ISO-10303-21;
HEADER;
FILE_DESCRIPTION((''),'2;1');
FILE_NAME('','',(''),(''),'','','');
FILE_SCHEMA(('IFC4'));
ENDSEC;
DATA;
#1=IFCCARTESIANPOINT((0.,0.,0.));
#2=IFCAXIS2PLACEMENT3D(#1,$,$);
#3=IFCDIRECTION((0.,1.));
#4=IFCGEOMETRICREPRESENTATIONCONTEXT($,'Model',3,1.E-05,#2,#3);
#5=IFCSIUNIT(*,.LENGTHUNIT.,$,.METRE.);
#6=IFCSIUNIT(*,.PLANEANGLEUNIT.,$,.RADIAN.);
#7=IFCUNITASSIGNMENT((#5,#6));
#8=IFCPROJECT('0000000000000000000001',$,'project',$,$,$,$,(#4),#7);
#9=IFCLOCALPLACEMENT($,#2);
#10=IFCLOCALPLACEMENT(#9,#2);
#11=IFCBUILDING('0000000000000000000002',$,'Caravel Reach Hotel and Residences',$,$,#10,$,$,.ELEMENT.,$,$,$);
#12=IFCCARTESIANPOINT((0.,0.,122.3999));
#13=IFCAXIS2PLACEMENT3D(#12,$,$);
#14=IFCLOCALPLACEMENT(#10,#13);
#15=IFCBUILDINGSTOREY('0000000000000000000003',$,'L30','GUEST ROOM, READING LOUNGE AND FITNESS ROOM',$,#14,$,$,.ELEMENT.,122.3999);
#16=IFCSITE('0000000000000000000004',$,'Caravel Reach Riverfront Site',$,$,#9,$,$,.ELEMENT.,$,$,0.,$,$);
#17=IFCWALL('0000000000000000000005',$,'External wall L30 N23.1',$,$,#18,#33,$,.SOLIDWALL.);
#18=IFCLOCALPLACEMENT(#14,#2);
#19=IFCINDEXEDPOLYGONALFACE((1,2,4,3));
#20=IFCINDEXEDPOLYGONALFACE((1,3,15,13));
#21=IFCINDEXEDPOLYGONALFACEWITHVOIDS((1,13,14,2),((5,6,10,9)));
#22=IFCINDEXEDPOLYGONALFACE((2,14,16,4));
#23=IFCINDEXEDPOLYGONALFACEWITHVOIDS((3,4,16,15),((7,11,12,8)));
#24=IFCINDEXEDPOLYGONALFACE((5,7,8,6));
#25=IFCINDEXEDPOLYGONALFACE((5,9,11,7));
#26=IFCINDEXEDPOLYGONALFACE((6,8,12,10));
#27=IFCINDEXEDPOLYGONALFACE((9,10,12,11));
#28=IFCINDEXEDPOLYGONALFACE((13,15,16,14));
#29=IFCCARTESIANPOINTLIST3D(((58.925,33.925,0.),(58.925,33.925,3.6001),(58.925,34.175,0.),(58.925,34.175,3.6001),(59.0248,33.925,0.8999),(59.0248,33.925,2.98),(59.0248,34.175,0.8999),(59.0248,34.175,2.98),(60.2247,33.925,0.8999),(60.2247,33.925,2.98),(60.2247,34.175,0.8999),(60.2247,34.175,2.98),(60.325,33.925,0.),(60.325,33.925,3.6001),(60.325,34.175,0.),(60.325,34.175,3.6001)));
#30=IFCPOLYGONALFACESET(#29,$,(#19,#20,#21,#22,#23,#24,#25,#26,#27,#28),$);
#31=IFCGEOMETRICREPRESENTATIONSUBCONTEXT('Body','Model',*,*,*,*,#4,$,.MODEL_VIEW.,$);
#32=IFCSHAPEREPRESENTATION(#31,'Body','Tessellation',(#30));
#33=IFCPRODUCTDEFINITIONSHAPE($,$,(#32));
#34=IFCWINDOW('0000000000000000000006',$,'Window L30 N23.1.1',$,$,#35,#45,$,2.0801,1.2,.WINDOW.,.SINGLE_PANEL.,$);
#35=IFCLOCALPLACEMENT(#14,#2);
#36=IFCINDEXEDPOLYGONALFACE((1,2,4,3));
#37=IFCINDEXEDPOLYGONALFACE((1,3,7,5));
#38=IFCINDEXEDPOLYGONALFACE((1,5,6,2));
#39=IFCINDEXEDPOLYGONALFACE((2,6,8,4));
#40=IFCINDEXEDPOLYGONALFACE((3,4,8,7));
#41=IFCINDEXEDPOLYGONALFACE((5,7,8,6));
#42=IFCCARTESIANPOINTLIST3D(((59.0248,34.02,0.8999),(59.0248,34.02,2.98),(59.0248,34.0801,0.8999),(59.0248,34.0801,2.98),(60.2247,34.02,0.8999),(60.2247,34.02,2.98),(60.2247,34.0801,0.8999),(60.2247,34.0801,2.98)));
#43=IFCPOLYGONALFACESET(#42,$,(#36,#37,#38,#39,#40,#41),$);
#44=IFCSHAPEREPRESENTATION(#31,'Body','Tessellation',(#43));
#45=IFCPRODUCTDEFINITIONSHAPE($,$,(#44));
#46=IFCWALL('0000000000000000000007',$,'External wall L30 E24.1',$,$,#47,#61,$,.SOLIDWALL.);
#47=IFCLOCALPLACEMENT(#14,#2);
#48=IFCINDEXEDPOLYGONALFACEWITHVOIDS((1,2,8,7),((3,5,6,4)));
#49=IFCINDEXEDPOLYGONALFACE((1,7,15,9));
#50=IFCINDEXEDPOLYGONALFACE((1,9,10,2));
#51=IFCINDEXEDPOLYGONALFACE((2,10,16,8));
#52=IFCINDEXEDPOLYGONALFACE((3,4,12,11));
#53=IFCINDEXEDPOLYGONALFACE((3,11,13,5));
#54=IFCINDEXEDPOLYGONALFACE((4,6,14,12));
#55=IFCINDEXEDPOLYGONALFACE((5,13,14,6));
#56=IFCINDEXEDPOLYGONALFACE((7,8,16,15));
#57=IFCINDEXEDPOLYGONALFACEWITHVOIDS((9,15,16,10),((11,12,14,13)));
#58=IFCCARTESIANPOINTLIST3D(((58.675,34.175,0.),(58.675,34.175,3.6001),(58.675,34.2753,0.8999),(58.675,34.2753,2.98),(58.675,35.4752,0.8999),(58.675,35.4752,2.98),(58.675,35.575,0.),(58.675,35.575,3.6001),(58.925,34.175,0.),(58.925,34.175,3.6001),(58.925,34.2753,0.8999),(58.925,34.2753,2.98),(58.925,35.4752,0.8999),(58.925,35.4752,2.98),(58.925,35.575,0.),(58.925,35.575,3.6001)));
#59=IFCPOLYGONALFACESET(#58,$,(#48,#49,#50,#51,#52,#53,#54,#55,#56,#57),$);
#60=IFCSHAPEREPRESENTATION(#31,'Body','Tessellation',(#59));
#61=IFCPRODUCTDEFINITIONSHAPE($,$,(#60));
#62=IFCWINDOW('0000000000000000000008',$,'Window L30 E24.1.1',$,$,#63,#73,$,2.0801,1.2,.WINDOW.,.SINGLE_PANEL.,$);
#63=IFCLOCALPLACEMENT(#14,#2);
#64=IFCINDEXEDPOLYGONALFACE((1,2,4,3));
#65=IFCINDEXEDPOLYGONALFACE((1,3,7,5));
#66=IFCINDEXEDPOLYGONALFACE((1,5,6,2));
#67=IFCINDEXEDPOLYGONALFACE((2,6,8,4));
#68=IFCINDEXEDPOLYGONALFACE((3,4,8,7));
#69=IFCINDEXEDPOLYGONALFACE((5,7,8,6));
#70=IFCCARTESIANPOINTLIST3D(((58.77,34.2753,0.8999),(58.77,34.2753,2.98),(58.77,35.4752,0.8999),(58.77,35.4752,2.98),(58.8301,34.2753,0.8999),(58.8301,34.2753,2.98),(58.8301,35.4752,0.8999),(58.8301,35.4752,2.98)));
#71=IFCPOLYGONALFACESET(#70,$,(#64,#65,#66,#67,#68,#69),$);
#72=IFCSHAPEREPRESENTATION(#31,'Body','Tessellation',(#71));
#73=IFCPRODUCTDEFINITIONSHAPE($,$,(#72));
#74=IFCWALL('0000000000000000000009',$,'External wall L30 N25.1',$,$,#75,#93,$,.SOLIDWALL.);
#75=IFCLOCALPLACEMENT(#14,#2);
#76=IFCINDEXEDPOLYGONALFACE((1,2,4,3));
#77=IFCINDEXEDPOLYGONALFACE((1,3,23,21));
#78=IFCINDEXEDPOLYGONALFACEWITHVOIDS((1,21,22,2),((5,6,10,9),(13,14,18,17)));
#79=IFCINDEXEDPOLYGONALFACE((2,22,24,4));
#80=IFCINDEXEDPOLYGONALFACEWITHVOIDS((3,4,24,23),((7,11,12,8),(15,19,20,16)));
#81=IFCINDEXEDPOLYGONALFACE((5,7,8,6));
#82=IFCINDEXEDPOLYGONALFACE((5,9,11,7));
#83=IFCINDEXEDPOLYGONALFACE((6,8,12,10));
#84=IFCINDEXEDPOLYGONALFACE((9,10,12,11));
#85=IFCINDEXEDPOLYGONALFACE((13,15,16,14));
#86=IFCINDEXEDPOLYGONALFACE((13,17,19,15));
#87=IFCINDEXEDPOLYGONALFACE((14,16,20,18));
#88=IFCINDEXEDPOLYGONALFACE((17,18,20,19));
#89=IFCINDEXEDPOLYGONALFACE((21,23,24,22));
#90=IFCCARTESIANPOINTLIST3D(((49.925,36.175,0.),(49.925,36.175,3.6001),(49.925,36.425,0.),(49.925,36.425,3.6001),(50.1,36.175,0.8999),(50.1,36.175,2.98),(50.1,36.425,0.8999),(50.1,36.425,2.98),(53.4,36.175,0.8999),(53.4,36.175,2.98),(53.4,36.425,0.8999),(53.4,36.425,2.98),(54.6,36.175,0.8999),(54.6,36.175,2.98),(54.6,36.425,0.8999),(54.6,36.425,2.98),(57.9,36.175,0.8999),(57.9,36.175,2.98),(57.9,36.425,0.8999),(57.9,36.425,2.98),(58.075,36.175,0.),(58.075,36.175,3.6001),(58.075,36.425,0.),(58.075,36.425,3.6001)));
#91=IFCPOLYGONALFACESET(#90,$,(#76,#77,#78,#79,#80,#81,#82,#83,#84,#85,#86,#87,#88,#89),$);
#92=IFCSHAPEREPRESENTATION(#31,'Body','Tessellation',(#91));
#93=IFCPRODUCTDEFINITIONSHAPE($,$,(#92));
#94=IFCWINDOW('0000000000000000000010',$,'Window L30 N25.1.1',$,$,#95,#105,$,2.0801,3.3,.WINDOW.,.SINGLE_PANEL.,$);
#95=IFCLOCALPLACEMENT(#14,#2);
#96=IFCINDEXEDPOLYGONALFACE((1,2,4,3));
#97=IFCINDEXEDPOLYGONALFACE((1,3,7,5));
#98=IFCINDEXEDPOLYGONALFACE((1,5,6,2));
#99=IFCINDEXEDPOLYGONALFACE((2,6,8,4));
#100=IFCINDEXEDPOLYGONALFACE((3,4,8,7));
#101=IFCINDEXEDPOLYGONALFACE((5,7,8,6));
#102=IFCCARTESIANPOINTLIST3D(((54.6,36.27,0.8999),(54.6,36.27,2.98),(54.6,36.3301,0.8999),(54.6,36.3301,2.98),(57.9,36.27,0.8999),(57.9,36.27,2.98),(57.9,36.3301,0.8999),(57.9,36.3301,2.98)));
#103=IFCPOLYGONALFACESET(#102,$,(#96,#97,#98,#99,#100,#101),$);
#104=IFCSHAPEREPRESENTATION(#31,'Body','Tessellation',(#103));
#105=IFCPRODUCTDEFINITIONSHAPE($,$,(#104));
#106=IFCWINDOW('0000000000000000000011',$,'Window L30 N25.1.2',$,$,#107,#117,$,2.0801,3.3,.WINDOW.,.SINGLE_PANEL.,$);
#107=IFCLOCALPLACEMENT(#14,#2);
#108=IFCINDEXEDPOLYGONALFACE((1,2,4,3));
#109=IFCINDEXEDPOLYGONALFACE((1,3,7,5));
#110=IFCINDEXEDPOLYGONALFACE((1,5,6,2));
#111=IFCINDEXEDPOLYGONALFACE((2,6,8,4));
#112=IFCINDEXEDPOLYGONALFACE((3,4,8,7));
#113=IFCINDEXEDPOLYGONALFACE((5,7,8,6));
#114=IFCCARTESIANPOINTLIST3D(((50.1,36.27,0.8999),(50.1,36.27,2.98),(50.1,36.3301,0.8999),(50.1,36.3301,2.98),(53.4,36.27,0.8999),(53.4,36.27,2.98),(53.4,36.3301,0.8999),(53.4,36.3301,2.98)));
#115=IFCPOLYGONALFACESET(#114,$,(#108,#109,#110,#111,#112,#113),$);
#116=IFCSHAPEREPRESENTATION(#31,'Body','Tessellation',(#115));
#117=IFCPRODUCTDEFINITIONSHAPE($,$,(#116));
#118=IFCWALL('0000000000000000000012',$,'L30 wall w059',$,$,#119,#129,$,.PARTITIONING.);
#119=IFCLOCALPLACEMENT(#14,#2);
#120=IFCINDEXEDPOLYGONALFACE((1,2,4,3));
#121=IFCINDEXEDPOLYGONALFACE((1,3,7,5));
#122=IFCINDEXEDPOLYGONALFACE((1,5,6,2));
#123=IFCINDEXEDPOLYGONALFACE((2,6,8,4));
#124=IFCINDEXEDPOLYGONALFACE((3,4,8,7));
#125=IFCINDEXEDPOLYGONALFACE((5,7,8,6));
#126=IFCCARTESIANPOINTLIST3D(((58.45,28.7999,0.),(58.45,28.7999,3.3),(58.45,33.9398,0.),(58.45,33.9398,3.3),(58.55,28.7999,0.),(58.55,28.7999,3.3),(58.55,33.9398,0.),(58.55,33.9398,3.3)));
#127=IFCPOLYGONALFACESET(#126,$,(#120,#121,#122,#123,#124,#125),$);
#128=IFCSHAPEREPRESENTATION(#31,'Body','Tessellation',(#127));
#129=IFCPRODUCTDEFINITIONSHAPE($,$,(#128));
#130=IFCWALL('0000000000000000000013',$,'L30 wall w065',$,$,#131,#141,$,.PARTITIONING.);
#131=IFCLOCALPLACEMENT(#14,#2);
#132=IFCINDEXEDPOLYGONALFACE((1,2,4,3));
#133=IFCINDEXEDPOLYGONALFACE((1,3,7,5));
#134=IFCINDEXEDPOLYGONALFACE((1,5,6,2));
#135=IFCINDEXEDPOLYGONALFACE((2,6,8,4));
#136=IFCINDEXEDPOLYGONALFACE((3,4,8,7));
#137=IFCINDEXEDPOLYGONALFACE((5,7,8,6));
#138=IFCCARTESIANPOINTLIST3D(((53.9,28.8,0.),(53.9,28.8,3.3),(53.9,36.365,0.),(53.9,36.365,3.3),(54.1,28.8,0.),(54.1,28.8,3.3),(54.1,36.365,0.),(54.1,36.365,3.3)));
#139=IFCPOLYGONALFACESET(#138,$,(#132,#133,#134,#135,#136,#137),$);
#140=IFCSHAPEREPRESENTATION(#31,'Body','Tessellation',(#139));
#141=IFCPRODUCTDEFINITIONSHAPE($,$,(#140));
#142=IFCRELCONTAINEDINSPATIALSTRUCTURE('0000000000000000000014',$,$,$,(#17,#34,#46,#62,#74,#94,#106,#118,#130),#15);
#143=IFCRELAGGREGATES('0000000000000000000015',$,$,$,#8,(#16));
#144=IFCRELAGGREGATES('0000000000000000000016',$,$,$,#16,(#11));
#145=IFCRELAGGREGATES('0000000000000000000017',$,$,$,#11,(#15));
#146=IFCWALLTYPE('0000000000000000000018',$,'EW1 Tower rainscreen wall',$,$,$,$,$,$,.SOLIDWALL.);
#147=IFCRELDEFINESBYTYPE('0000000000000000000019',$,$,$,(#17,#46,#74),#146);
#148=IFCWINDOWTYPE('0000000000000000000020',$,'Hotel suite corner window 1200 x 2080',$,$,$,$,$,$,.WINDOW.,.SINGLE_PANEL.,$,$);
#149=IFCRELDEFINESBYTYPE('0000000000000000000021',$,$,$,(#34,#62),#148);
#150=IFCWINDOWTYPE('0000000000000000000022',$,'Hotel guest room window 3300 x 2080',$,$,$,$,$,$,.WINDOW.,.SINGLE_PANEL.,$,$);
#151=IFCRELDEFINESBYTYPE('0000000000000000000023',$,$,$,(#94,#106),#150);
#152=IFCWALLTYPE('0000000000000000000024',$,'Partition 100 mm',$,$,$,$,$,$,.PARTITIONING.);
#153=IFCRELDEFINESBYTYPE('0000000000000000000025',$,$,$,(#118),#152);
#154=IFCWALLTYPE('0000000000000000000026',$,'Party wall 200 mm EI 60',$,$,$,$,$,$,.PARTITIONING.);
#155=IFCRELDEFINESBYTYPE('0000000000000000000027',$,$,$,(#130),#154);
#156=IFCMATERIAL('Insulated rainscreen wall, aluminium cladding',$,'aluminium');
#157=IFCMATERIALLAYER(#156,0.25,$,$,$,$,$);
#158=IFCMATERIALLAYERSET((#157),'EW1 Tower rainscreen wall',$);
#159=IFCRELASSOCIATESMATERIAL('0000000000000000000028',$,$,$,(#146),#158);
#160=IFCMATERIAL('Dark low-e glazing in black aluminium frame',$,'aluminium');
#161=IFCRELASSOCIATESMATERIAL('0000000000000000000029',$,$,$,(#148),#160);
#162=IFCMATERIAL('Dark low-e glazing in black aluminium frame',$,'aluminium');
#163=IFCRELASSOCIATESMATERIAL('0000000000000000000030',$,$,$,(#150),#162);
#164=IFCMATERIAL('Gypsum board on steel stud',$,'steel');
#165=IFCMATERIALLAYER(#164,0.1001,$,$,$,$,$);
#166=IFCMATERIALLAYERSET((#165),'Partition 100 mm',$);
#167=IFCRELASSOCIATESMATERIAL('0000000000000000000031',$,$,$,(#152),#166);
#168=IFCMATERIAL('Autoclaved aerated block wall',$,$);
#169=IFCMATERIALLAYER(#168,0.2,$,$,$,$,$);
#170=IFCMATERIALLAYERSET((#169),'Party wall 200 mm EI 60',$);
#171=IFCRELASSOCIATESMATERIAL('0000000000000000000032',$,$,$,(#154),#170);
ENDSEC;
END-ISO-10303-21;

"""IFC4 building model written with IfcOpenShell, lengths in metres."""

from ifc_helpers import new_model, si_unit, direction, frame, frame_2d, origin, place, context, subcontext, project, spatial, rectangle, extrude, material, layer, layer_set, type_object, element, fill, save


model = new_model("IFC4")

# Units and contexts
model_context = context("Model", 3, precision=1e-05, world=origin(), true_north=direction((0.0, 1.0)))
body_context = subcontext(model_context, "Body", "Model", "MODEL_VIEW")
ifc_project = project(units=[si_unit("LENGTHUNIT", "METRE"), si_unit("PLANEANGLEUNIT", "RADIAN")], contexts=[model_context])

# Site, building, storey
site_placement = place(None, origin())
site = spatial("IfcSite", under=ifc_project, at=site_placement, Name="Caravel Reach Riverfront Site", CompositionType="ELEMENT", RefElevation=0.0)
building_placement = place(site_placement, origin())
building = spatial("IfcBuilding", under=site, at=building_placement, Name="Caravel Reach Hotel and Residences", CompositionType="ELEMENT")
storey_placement = place(building_placement, frame((0.0, 0.0, 122.3999)))
storey = spatial("IfcBuildingStorey", under=building, at=storey_placement, Name="L30", Description="GUEST ROOM, READING LOUNGE AND FITNESS ROOM", CompositionType="ELEMENT", Elevation=122.3999)

# Walls, openings, windows
ifc_material_1 = material(Name="Insulated rainscreen wall, aluminium cladding", Category="aluminium")
ifc_layer_1 = layer(ifc_material_1, 0.25)
ifc_layer_set_1 = layer_set([ifc_layer_1], Name="EW1 Tower rainscreen wall")
wall_type_1 = type_object("IfcWallType", Name="EW1 Tower rainscreen wall", PredefinedType="SOLIDWALL", material=ifc_layer_set_1)
ifc_material_2 = material(Name="Dark low-e glazing in black aluminium frame", Category="aluminium")
window_type_1 = type_object("IfcWindowType", Name="Hotel suite corner window 1200 x 2080", PartitioningType="SINGLE_PANEL", PredefinedType="WINDOW", material=ifc_material_2)
wall_1_placement = place(storey_placement, frame((60.325, 34.05, 0.0), z_axis=(0.0, 0.0, 1.0), x_axis=(-1.0, 0.0, 0.0)))
wall_1 = element("IfcWall", 1, at=wall_1_placement, inside=storey, type_object=wall_type_1, Name="External wall L30 N23.1", PredefinedType="SOLIDWALL", context=body_context, shape_type="SweptSolid", body=[
    extrude(rectangle(XDim=1.3999, YDim=0.25, at=frame_2d((0.7, 0.0))), origin(), (0.0, 0.0, 1.0), 3.6001),
])
opening_1_placement = place(wall_1_placement, frame((0.1001, 0.0, 0.8999)))
opening_1 = element("IfcOpeningElement", 2, at=opening_1_placement, cuts=wall_1, PredefinedType="OPENING", context=body_context, shape_type="SweptSolid", body=[
    extrude(rectangle(XDim=1.2, YDim=2.0801, at=frame_2d((0.6001, 1.04))), frame((0.0, 0.135, 0.0), z_axis=(0.0, -1.0, 0.0), x_axis=(1.0, 0.0, 0.0)), (0.0, 0.0, 1.0), 0.27),
])
window_1_placement = place(opening_1_placement, origin())
window_1 = element("IfcWindow", 3, at=window_1_placement, inside=storey, type_object=window_type_1, Name="Window L30 N23.1.1", OverallHeight=2.0801, OverallWidth=1.2, PartitioningType="SINGLE_PANEL", PredefinedType="WINDOW", context=body_context, shape_type="SweptSolid", body=[
    extrude(rectangle(XDim=1.2, YDim=2.0801, at=frame_2d((0.6001, 1.04))), frame((0.0, 0.03, 0.0), z_axis=(0.0, -1.0, 0.0), x_axis=(1.0, 0.0, 0.0)), (0.0, 0.0, 1.0), 0.0601),
])
fill(opening_1, window_1)
wall_2_placement = place(storey_placement, frame((58.8, 34.175, 0.0), z_axis=(0.0, 0.0, 1.0), x_axis=(0.0, 1.0, 0.0)))
wall_2 = element("IfcWall", 4, at=wall_2_placement, inside=storey, type_object=wall_type_1, Name="External wall L30 E24.1", PredefinedType="SOLIDWALL", context=body_context, shape_type="SweptSolid", body=[
    extrude(rectangle(XDim=1.3999, YDim=0.25, at=frame_2d((0.7, 0.0))), origin(), (0.0, 0.0, 1.0), 3.6001),
])
opening_2_placement = place(wall_2_placement, frame((0.1001, 0.0, 0.8999)))
opening_2 = element("IfcOpeningElement", 5, at=opening_2_placement, cuts=wall_2, PredefinedType="OPENING", context=body_context, shape_type="SweptSolid", body=[
    extrude(rectangle(XDim=1.2, YDim=2.0801, at=frame_2d((0.6001, 1.04))), frame((0.0, 0.135, 0.0), z_axis=(0.0, -1.0, 0.0), x_axis=(1.0, 0.0, 0.0)), (0.0, 0.0, 1.0), 0.27),
])
window_2_placement = place(opening_2_placement, origin())
window_2 = element("IfcWindow", 6, at=window_2_placement, inside=storey, type_object=window_type_1, Name="Window L30 E24.1.1", OverallHeight=2.0801, OverallWidth=1.2, PartitioningType="SINGLE_PANEL", PredefinedType="WINDOW", context=body_context, shape_type="SweptSolid", body=[
    extrude(rectangle(XDim=1.2, YDim=2.0801, at=frame_2d((0.6001, 1.04))), frame((0.0, 0.03, 0.0), z_axis=(0.0, -1.0, 0.0), x_axis=(1.0, 0.0, 0.0)), (0.0, 0.0, 1.0), 0.0601),
])
fill(opening_2, window_2)

# Wall, openings, windows
wall_3_placement = place(storey_placement, frame((58.075, 36.3, 0.0), z_axis=(0.0, 0.0, 1.0), x_axis=(-1.0, 0.0, 0.0)))
wall_3 = element("IfcWall", 7, at=wall_3_placement, inside=storey, type_object=wall_type_1, Name="External wall L30 N25.1", PredefinedType="SOLIDWALL", context=body_context, shape_type="SweptSolid", body=[
    extrude(rectangle(XDim=8.1499, YDim=0.25, at=frame_2d((4.075, 0.0))), origin(), (0.0, 0.0, 1.0), 3.6001),
])
opening_3_placement = place(wall_3_placement, frame((0.175, 0.0, 0.8999)))
opening_3 = element("IfcOpeningElement", 8, at=opening_3_placement, cuts=wall_3, PredefinedType="OPENING", context=body_context, shape_type="SweptSolid", body=[
    extrude(rectangle(XDim=3.3, YDim=2.0801, at=frame_2d((1.6499, 1.04))), frame((0.0, 0.135, 0.0), z_axis=(0.0, -1.0, 0.0), x_axis=(1.0, 0.0, 0.0)), (0.0, 0.0, 1.0), 0.27),
])
opening_4_placement = place(wall_3_placement, frame((4.675, 0.0, 0.8999)))
opening_4 = element("IfcOpeningElement", 9, at=opening_4_placement, cuts=wall_3, PredefinedType="OPENING", context=body_context, shape_type="SweptSolid", body=[
    extrude(rectangle(XDim=3.3, YDim=2.0801, at=frame_2d((1.6499, 1.04))), frame((0.0, 0.135, 0.0), z_axis=(0.0, -1.0, 0.0), x_axis=(1.0, 0.0, 0.0)), (0.0, 0.0, 1.0), 0.27),
])
ifc_material_3 = material(Name="Dark low-e glazing in black aluminium frame", Category="aluminium")
window_type_2 = type_object("IfcWindowType", Name="Hotel guest room window 3300 x 2080", PartitioningType="SINGLE_PANEL", PredefinedType="WINDOW", material=ifc_material_3)
window_3_placement = place(opening_3_placement, origin())
window_3 = element("IfcWindow", 10, at=window_3_placement, inside=storey, type_object=window_type_2, Name="Window L30 N25.1.1", OverallHeight=2.0801, OverallWidth=3.3, PartitioningType="SINGLE_PANEL", PredefinedType="WINDOW", context=body_context, shape_type="SweptSolid", body=[
    extrude(rectangle(XDim=3.3, YDim=2.0801, at=frame_2d((1.6499, 1.04))), frame((0.0, 0.03, 0.0), z_axis=(0.0, -1.0, 0.0), x_axis=(1.0, 0.0, 0.0)), (0.0, 0.0, 1.0), 0.0601),
])
fill(opening_3, window_3)
window_4_placement = place(opening_4_placement, origin())
window_4 = element("IfcWindow", 11, at=window_4_placement, inside=storey, type_object=window_type_2, Name="Window L30 N25.1.2", OverallHeight=2.0801, OverallWidth=3.3, PartitioningType="SINGLE_PANEL", PredefinedType="WINDOW", context=body_context, shape_type="SweptSolid", body=[
    extrude(rectangle(XDim=3.3, YDim=2.0801, at=frame_2d((1.6499, 1.04))), frame((0.0, 0.03, 0.0), z_axis=(0.0, -1.0, 0.0), x_axis=(1.0, 0.0, 0.0)), (0.0, 0.0, 1.0), 0.0601),
])
fill(opening_4, window_4)

# Walls
ifc_material_4 = material(Name="Gypsum board on steel stud", Category="steel")
ifc_layer_2 = layer(ifc_material_4, 0.1001)
ifc_layer_set_2 = layer_set([ifc_layer_2], Name="Partition 100 mm")
wall_type_2 = type_object("IfcWallType", Name="Partition 100 mm", PredefinedType="PARTITIONING", material=ifc_layer_set_2)
wall_4_placement = place(storey_placement, frame((58.5, 28.8, 0.0), z_axis=(0.0, 0.0, 1.0), x_axis=(0.0, 1.0, 0.0)))
element("IfcWall", 12, at=wall_4_placement, inside=storey, type_object=wall_type_2, Name="L30 wall w059", PredefinedType="PARTITIONING", context=body_context, shape_type="SweptSolid", body=[
    extrude(rectangle(XDim=5.1399, YDim=0.1001, at=frame_2d((2.5698, 0.0))), origin(), (0.0, 0.0, 1.0), 3.3),
])
ifc_material_5 = material(Name="Autoclaved aerated block wall")
ifc_layer_3 = layer(ifc_material_5, 0.2)
ifc_layer_set_3 = layer_set([ifc_layer_3], Name="Party wall 200 mm EI 60")
wall_type_3 = type_object("IfcWallType", Name="Party wall 200 mm EI 60", PredefinedType="PARTITIONING", material=ifc_layer_set_3)
wall_5_placement = place(storey_placement, frame((54.0, 28.8, 0.0), z_axis=(0.0, 0.0, 1.0), x_axis=(0.0, 1.0, 0.0)))
element("IfcWall", 13, at=wall_5_placement, inside=storey, type_object=wall_type_3, Name="L30 wall w065", PredefinedType="PARTITIONING", context=body_context, shape_type="SweptSolid", body=[
    extrude(rectangle(XDim=7.5649, YDim=0.2, at=frame_2d((3.7825, 0.0))), origin(), (0.0, 0.0, 1.0), 3.3),
])

save(model, "model.ifc")
